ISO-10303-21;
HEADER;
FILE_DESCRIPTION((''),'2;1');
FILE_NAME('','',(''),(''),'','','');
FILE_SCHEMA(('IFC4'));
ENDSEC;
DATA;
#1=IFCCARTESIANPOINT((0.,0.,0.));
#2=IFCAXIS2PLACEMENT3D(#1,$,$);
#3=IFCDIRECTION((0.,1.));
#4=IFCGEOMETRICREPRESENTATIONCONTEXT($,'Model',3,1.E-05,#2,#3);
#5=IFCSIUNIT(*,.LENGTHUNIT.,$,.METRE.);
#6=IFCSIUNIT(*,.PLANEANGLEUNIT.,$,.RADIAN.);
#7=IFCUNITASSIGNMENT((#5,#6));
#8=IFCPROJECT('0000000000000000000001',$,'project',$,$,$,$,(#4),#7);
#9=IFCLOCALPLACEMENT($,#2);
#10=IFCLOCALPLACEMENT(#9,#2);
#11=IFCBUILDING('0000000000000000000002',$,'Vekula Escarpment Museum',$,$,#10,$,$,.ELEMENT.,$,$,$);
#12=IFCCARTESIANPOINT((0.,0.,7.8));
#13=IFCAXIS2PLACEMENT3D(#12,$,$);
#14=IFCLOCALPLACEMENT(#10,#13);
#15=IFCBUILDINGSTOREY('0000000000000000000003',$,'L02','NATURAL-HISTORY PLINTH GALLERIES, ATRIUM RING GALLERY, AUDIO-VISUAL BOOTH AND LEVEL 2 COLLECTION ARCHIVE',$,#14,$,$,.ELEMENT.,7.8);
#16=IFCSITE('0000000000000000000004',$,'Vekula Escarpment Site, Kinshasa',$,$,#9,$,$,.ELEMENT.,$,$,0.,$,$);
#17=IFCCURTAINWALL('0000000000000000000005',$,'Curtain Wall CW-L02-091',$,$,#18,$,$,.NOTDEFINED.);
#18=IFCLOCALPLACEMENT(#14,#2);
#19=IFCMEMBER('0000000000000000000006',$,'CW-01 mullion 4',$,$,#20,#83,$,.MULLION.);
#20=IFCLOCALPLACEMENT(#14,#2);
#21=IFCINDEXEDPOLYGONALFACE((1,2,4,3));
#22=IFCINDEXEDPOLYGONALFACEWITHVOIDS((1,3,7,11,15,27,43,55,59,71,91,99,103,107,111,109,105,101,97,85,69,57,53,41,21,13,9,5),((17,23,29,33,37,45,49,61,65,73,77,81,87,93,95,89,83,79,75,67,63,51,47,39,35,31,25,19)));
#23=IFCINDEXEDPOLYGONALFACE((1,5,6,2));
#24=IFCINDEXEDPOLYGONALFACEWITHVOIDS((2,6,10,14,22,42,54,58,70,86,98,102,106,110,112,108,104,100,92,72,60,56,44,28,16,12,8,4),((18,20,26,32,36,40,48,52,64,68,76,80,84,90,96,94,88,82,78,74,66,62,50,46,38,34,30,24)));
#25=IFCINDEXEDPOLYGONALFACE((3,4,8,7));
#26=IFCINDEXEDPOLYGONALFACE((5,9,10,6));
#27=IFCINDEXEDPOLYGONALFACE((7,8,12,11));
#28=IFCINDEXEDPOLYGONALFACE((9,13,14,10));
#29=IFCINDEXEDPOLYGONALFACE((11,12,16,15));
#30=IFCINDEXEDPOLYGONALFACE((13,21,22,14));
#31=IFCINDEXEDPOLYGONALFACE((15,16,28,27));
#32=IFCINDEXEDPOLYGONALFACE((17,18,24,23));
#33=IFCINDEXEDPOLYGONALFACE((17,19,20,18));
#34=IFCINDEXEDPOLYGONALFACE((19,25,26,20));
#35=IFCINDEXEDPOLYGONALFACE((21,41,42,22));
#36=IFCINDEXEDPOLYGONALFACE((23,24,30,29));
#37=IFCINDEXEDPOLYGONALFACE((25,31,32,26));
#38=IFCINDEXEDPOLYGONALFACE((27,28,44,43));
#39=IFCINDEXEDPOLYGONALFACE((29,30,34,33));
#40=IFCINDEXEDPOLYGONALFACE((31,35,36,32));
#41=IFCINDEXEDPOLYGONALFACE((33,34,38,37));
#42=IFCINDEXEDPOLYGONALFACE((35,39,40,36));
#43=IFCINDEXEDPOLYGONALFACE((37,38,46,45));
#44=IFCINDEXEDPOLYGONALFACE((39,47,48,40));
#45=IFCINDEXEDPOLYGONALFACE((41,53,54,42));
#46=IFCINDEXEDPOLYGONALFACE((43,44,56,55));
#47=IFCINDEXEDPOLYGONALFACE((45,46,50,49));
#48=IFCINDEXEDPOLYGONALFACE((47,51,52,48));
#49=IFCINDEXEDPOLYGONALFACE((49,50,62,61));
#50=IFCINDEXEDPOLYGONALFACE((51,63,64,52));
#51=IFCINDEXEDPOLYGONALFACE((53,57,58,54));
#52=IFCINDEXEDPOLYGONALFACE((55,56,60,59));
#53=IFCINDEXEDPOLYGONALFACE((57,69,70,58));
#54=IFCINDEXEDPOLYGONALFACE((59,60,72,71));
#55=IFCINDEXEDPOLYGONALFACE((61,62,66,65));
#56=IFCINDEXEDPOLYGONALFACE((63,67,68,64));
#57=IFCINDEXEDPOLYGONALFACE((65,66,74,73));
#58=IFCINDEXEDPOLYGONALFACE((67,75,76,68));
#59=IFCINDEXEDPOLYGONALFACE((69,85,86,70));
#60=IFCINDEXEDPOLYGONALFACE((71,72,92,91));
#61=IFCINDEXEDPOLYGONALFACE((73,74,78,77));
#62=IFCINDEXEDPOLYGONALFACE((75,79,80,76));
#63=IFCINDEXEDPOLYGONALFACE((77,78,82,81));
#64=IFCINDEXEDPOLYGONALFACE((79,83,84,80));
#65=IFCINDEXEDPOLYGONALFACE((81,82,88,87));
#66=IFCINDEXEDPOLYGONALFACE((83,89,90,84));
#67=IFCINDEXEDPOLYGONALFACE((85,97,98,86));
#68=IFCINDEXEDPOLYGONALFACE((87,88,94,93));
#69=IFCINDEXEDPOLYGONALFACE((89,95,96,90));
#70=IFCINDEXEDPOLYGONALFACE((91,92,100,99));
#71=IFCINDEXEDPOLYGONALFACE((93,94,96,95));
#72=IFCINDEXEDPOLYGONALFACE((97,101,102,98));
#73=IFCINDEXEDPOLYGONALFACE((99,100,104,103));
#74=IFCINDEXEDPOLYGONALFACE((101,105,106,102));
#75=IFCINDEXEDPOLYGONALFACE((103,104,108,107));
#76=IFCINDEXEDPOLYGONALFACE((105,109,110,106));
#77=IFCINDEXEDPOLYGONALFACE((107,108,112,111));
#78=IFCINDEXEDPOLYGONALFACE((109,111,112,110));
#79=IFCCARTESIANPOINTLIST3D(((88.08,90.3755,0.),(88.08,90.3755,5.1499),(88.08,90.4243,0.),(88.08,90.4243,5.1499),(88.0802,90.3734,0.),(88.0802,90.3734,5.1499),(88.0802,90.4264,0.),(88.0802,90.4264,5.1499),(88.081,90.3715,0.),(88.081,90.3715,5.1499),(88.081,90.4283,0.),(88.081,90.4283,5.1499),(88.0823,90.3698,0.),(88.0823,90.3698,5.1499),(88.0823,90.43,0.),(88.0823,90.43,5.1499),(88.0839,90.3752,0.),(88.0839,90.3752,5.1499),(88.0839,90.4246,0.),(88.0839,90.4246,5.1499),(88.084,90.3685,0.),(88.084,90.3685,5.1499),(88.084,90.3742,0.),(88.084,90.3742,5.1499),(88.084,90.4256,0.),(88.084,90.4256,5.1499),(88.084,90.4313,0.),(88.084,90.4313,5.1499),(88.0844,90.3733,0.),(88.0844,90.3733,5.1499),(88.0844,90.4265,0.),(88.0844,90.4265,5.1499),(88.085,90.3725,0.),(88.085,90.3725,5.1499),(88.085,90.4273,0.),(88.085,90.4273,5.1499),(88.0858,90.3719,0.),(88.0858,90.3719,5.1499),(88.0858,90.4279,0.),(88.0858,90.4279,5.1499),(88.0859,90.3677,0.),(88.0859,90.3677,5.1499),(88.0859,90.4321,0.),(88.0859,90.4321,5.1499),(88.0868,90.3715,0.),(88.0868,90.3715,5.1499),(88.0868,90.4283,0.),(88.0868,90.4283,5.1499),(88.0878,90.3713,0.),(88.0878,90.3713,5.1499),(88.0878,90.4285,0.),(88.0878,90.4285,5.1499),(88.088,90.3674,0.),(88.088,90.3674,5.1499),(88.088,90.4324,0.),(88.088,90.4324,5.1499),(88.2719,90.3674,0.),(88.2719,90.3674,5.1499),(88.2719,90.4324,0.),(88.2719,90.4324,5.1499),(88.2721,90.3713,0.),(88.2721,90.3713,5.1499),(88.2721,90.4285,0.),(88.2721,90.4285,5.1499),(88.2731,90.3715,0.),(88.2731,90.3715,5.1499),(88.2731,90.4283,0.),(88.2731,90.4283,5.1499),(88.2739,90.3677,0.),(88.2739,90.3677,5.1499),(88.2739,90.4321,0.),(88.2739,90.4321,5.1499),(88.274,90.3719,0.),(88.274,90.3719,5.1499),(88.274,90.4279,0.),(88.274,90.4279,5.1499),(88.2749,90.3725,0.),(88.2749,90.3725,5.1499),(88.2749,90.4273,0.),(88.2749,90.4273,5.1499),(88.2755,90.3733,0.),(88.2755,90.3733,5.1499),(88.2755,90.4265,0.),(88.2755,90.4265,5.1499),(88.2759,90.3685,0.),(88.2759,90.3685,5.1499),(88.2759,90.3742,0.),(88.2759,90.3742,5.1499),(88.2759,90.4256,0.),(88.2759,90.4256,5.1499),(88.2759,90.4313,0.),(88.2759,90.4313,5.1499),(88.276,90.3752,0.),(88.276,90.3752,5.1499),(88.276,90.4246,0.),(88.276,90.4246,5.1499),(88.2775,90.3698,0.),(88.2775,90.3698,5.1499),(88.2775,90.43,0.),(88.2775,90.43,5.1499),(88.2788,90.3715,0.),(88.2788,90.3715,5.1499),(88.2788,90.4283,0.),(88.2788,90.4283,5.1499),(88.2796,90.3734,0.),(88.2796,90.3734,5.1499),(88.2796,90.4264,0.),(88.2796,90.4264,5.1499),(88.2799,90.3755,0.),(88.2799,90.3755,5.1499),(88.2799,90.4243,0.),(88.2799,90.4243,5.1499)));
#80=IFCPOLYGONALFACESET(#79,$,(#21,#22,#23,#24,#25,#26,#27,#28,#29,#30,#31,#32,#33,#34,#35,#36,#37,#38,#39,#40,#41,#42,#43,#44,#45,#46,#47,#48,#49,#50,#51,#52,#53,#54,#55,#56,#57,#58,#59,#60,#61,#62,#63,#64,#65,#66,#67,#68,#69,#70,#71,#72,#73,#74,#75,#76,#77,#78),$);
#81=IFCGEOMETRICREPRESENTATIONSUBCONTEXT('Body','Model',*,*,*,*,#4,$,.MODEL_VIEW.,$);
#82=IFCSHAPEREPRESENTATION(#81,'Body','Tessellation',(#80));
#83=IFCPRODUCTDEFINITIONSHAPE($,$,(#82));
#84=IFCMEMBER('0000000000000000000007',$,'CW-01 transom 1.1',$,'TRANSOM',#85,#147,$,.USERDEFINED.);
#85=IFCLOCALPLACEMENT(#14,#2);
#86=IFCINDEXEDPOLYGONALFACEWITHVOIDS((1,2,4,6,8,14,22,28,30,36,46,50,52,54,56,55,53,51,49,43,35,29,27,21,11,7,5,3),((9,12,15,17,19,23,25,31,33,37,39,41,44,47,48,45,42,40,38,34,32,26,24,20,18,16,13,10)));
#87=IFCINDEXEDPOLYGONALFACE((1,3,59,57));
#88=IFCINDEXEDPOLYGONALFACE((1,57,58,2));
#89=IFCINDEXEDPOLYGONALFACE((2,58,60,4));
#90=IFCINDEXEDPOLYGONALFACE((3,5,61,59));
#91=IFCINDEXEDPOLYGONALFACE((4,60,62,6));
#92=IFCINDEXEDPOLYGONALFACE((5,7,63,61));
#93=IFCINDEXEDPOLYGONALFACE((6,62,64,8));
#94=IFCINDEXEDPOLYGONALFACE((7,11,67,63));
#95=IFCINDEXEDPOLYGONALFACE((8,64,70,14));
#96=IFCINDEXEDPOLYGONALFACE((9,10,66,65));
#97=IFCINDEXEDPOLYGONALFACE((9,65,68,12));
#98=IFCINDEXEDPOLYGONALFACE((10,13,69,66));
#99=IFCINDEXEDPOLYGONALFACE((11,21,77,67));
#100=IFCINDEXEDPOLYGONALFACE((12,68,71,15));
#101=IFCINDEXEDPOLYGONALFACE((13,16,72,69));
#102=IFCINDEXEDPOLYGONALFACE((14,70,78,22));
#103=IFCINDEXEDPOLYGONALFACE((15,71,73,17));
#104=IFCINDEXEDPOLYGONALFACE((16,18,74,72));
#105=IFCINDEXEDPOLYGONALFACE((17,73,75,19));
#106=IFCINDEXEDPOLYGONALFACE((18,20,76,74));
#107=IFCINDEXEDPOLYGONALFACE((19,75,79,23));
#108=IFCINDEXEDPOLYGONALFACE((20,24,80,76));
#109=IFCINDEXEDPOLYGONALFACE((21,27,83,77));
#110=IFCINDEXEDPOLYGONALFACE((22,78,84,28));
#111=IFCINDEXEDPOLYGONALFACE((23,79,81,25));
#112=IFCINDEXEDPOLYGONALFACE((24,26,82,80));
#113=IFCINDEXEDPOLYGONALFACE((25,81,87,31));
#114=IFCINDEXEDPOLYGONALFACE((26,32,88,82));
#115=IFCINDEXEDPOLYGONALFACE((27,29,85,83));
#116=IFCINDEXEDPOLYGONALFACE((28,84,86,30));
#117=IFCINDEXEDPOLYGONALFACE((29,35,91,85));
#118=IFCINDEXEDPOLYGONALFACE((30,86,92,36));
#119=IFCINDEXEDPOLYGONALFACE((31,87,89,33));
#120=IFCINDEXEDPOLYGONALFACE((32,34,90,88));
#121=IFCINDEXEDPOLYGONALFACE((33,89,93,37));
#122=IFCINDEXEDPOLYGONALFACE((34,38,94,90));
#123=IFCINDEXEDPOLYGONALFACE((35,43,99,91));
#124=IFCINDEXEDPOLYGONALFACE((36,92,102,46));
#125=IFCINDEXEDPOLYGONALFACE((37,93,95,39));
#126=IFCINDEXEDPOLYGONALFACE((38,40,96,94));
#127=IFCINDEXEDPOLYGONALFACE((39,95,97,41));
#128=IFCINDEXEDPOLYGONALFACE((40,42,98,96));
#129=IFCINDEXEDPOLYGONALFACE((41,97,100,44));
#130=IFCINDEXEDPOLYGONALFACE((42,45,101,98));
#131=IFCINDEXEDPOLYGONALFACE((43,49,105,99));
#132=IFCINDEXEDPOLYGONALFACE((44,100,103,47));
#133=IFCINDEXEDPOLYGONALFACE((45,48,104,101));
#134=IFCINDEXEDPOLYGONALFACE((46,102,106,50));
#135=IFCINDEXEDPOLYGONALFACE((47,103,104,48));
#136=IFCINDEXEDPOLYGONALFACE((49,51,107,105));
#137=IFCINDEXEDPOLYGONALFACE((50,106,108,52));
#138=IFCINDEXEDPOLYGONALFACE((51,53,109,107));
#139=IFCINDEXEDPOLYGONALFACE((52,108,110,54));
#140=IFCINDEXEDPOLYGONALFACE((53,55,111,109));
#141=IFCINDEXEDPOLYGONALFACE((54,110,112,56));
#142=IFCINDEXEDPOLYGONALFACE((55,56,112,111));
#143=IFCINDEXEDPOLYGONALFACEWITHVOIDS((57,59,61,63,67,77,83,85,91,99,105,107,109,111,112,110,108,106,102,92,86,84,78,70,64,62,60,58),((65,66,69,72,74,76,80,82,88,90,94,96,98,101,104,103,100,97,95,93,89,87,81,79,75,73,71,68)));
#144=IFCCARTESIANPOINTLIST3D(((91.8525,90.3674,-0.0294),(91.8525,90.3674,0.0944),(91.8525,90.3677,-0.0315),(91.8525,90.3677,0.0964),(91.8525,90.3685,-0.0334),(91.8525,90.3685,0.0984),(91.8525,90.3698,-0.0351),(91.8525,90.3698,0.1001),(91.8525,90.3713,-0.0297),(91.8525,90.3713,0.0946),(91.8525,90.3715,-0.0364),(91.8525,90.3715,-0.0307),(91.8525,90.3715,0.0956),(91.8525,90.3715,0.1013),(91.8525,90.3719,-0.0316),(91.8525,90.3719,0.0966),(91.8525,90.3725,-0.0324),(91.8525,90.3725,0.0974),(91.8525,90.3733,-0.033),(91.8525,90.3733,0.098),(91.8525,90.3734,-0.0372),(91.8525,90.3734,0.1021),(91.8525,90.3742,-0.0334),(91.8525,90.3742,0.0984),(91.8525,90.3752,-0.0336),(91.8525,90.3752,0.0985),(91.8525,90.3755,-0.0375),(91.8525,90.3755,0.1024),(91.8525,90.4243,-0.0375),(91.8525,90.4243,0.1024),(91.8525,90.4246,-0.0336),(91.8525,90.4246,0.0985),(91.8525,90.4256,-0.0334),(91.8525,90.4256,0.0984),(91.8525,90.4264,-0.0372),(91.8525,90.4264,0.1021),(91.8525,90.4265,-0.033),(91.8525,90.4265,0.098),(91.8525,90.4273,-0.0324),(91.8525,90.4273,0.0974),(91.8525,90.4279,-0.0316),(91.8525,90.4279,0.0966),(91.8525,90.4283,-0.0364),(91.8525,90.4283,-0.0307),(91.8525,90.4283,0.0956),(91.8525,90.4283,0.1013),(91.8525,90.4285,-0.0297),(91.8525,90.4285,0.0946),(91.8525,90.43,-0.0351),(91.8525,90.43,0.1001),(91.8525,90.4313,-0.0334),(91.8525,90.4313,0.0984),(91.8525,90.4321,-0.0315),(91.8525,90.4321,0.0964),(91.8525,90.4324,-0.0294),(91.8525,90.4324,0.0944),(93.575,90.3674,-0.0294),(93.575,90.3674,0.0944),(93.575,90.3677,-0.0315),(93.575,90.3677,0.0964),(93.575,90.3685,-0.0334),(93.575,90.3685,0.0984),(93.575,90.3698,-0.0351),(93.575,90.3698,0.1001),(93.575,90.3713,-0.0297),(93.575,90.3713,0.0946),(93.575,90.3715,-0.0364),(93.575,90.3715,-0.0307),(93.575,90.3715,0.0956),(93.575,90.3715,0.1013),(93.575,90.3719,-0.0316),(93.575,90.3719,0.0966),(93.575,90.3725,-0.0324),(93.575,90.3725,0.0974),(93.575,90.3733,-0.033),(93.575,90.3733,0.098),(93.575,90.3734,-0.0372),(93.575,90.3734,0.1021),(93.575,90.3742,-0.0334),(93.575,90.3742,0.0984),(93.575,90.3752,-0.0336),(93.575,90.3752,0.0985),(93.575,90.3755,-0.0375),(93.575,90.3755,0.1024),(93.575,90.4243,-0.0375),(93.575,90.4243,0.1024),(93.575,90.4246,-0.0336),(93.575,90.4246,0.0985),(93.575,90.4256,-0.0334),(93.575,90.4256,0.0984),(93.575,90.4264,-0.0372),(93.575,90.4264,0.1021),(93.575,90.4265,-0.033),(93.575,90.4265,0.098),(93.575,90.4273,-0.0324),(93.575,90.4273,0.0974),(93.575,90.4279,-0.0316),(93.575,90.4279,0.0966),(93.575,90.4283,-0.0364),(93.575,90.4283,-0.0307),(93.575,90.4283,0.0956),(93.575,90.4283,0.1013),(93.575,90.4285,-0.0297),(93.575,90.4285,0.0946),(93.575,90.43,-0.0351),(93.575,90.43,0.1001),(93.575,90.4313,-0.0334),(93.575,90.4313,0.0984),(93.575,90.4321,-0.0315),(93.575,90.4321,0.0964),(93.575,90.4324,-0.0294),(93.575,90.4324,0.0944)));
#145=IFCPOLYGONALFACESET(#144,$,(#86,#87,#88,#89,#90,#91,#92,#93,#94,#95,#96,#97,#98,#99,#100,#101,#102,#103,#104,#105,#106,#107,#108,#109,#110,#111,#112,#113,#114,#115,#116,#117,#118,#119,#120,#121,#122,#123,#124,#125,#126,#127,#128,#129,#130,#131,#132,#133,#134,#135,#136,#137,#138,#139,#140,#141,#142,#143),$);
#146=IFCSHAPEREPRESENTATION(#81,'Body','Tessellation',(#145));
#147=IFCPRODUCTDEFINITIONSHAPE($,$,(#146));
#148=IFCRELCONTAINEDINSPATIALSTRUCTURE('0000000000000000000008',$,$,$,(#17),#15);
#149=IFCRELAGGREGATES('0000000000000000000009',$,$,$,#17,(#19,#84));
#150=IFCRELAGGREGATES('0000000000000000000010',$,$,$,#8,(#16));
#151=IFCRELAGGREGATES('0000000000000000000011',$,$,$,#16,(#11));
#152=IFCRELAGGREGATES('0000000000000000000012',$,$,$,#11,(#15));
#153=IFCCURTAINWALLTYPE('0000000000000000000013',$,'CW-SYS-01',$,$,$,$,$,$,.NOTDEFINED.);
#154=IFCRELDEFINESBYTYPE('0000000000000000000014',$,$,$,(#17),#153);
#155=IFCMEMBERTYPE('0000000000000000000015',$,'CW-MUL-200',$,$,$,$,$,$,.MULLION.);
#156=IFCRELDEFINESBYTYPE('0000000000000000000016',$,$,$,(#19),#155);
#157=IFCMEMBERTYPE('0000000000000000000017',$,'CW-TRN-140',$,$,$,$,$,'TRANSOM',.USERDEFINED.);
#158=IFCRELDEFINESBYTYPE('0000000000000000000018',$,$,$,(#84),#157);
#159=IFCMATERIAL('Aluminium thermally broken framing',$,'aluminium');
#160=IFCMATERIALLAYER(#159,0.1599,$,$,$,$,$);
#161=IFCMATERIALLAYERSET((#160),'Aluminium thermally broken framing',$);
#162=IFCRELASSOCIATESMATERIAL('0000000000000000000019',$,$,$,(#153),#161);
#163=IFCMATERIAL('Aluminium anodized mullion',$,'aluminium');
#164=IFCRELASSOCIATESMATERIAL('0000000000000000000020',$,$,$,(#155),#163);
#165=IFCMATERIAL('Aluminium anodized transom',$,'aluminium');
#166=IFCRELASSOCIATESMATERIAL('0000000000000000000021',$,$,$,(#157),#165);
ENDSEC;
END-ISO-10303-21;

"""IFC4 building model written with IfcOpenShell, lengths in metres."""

from ifc_helpers import new_model, si_unit, direction, frame, origin, origin_2d, place, context, subcontext, project, spatial, hollow_rectangle, extrude, material, layer, layer_set, material_profile, profile_set, type_object, element, aggregate, save


model = new_model("IFC4")

# Units and contexts
model_context = context("Model", 3, precision=1e-05, world=origin(), true_north=direction((0.0, 1.0)))
body_context = subcontext(model_context, "Body", "Model", "MODEL_VIEW")
ifc_project = project(units=[si_unit("LENGTHUNIT", "METRE"), si_unit("PLANEANGLEUNIT", "RADIAN")], contexts=[model_context])

# Site, building, storey
site_placement = place(None, origin())
site = spatial("IfcSite", under=ifc_project, at=site_placement, Name="Vekula Escarpment Site, Kinshasa", CompositionType="ELEMENT", RefElevation=0.0)
building_placement = place(site_placement, origin())
building = spatial("IfcBuilding", under=site, at=building_placement, Name="Vekula Escarpment Museum", CompositionType="ELEMENT")
storey_placement = place(building_placement, frame((0.0, 0.0, 7.8)))
storey = spatial("IfcBuildingStorey", under=building, at=storey_placement, Name="L02", Description="NATURAL-HISTORY PLINTH GALLERIES, ATRIUM RING GALLERY, AUDIO-VISUAL BOOTH AND LEVEL 2 COLLECTION ARCHIVE", CompositionType="ELEMENT", Elevation=7.8)

# Curtain wall, members
ifc_material_1 = material(Name="Aluminium thermally broken framing", Category="aluminium")
ifc_layer_1 = layer(ifc_material_1, 0.1599)
ifc_layer_set_1 = layer_set([ifc_layer_1], Name="Aluminium thermally broken framing")
curtain_wall_type = type_object("IfcCurtainWallType", Name="CW-SYS-01", PredefinedType="NOTDEFINED", material=ifc_layer_set_1)
curtain_wall_placement = place(storey_placement, origin())
curtain_wall = element("IfcCurtainWall", 1, at=curtain_wall_placement, inside=storey, type_object=curtain_wall_type, Name="Curtain Wall CW-L02-091", PredefinedType="NOTDEFINED")
ifc_material_2 = material(Name="Aluminium anodized mullion", Category="aluminium")
ifc_material_profile_1 = material_profile(ifc_material_2, hollow_rectangle(XDim=0.0649, YDim=0.2, WallThickness=0.0039, InnerFilletRadius=0.0039, OuterFilletRadius=0.0081, at=origin_2d()), Name="ALU 200x65x4")
ifc_profile_set_1 = profile_set([ifc_material_profile_1], Name="Aluminium anodized mullion")
member_type_1 = type_object("IfcMemberType", Name="CW-MUL-200", PredefinedType="MULLION", material=ifc_profile_set_1)
member_1_placement = place(storey_placement, frame((88.1799, 90.3999, 0.0), z_axis=(0.0, 0.0, 1.0), x_axis=(0.0, -1.0, 0.0)))
member_1 = element("IfcMember", 2, at=member_1_placement, type_object=member_type_1, Name="CW-01 mullion 4", PredefinedType="MULLION", context=body_context, shape_type="SweptSolid", body=[
    extrude(hollow_rectangle(XDim=0.0649, YDim=0.2, WallThickness=0.0039, InnerFilletRadius=0.0039, OuterFilletRadius=0.0081, at=origin_2d()), origin(), (0.0, 0.0, 1.0), 5.1499),
])
ifc_material_3 = material(Name="Aluminium anodized transom", Category="aluminium")
ifc_material_profile_2 = material_profile(ifc_material_3, hollow_rectangle(XDim=0.0649, YDim=0.1399, WallThickness=0.0039, InnerFilletRadius=0.0039, OuterFilletRadius=0.0081, at=origin_2d()), Name="ALU 140x65x4")
ifc_profile_set_2 = profile_set([ifc_material_profile_2], Name="Aluminium anodized transom")
member_type_2 = type_object("IfcMemberType", Name="CW-TRN-140", ElementType="TRANSOM", PredefinedType="USERDEFINED", material=ifc_profile_set_2)
member_2_placement = place(storey_placement, frame((93.575, 90.3999, 0.0325), z_axis=(-1.0, 0.0, 0.0), x_axis=(0.0, -1.0, 0.0)))
member_2 = element("IfcMember", 3, at=member_2_placement, type_object=member_type_2, Name="CW-01 transom 1.1", ObjectType="TRANSOM", PredefinedType="USERDEFINED", context=body_context, shape_type="SweptSolid", body=[
    extrude(hollow_rectangle(XDim=0.0649, YDim=0.1399, WallThickness=0.0039, InnerFilletRadius=0.0039, OuterFilletRadius=0.0081, at=origin_2d()), origin(), (0.0, 0.0, 1.0), 1.7224),
])
aggregate(curtain_wall, [member_1, member_2])

save(model, "model.ifc")
